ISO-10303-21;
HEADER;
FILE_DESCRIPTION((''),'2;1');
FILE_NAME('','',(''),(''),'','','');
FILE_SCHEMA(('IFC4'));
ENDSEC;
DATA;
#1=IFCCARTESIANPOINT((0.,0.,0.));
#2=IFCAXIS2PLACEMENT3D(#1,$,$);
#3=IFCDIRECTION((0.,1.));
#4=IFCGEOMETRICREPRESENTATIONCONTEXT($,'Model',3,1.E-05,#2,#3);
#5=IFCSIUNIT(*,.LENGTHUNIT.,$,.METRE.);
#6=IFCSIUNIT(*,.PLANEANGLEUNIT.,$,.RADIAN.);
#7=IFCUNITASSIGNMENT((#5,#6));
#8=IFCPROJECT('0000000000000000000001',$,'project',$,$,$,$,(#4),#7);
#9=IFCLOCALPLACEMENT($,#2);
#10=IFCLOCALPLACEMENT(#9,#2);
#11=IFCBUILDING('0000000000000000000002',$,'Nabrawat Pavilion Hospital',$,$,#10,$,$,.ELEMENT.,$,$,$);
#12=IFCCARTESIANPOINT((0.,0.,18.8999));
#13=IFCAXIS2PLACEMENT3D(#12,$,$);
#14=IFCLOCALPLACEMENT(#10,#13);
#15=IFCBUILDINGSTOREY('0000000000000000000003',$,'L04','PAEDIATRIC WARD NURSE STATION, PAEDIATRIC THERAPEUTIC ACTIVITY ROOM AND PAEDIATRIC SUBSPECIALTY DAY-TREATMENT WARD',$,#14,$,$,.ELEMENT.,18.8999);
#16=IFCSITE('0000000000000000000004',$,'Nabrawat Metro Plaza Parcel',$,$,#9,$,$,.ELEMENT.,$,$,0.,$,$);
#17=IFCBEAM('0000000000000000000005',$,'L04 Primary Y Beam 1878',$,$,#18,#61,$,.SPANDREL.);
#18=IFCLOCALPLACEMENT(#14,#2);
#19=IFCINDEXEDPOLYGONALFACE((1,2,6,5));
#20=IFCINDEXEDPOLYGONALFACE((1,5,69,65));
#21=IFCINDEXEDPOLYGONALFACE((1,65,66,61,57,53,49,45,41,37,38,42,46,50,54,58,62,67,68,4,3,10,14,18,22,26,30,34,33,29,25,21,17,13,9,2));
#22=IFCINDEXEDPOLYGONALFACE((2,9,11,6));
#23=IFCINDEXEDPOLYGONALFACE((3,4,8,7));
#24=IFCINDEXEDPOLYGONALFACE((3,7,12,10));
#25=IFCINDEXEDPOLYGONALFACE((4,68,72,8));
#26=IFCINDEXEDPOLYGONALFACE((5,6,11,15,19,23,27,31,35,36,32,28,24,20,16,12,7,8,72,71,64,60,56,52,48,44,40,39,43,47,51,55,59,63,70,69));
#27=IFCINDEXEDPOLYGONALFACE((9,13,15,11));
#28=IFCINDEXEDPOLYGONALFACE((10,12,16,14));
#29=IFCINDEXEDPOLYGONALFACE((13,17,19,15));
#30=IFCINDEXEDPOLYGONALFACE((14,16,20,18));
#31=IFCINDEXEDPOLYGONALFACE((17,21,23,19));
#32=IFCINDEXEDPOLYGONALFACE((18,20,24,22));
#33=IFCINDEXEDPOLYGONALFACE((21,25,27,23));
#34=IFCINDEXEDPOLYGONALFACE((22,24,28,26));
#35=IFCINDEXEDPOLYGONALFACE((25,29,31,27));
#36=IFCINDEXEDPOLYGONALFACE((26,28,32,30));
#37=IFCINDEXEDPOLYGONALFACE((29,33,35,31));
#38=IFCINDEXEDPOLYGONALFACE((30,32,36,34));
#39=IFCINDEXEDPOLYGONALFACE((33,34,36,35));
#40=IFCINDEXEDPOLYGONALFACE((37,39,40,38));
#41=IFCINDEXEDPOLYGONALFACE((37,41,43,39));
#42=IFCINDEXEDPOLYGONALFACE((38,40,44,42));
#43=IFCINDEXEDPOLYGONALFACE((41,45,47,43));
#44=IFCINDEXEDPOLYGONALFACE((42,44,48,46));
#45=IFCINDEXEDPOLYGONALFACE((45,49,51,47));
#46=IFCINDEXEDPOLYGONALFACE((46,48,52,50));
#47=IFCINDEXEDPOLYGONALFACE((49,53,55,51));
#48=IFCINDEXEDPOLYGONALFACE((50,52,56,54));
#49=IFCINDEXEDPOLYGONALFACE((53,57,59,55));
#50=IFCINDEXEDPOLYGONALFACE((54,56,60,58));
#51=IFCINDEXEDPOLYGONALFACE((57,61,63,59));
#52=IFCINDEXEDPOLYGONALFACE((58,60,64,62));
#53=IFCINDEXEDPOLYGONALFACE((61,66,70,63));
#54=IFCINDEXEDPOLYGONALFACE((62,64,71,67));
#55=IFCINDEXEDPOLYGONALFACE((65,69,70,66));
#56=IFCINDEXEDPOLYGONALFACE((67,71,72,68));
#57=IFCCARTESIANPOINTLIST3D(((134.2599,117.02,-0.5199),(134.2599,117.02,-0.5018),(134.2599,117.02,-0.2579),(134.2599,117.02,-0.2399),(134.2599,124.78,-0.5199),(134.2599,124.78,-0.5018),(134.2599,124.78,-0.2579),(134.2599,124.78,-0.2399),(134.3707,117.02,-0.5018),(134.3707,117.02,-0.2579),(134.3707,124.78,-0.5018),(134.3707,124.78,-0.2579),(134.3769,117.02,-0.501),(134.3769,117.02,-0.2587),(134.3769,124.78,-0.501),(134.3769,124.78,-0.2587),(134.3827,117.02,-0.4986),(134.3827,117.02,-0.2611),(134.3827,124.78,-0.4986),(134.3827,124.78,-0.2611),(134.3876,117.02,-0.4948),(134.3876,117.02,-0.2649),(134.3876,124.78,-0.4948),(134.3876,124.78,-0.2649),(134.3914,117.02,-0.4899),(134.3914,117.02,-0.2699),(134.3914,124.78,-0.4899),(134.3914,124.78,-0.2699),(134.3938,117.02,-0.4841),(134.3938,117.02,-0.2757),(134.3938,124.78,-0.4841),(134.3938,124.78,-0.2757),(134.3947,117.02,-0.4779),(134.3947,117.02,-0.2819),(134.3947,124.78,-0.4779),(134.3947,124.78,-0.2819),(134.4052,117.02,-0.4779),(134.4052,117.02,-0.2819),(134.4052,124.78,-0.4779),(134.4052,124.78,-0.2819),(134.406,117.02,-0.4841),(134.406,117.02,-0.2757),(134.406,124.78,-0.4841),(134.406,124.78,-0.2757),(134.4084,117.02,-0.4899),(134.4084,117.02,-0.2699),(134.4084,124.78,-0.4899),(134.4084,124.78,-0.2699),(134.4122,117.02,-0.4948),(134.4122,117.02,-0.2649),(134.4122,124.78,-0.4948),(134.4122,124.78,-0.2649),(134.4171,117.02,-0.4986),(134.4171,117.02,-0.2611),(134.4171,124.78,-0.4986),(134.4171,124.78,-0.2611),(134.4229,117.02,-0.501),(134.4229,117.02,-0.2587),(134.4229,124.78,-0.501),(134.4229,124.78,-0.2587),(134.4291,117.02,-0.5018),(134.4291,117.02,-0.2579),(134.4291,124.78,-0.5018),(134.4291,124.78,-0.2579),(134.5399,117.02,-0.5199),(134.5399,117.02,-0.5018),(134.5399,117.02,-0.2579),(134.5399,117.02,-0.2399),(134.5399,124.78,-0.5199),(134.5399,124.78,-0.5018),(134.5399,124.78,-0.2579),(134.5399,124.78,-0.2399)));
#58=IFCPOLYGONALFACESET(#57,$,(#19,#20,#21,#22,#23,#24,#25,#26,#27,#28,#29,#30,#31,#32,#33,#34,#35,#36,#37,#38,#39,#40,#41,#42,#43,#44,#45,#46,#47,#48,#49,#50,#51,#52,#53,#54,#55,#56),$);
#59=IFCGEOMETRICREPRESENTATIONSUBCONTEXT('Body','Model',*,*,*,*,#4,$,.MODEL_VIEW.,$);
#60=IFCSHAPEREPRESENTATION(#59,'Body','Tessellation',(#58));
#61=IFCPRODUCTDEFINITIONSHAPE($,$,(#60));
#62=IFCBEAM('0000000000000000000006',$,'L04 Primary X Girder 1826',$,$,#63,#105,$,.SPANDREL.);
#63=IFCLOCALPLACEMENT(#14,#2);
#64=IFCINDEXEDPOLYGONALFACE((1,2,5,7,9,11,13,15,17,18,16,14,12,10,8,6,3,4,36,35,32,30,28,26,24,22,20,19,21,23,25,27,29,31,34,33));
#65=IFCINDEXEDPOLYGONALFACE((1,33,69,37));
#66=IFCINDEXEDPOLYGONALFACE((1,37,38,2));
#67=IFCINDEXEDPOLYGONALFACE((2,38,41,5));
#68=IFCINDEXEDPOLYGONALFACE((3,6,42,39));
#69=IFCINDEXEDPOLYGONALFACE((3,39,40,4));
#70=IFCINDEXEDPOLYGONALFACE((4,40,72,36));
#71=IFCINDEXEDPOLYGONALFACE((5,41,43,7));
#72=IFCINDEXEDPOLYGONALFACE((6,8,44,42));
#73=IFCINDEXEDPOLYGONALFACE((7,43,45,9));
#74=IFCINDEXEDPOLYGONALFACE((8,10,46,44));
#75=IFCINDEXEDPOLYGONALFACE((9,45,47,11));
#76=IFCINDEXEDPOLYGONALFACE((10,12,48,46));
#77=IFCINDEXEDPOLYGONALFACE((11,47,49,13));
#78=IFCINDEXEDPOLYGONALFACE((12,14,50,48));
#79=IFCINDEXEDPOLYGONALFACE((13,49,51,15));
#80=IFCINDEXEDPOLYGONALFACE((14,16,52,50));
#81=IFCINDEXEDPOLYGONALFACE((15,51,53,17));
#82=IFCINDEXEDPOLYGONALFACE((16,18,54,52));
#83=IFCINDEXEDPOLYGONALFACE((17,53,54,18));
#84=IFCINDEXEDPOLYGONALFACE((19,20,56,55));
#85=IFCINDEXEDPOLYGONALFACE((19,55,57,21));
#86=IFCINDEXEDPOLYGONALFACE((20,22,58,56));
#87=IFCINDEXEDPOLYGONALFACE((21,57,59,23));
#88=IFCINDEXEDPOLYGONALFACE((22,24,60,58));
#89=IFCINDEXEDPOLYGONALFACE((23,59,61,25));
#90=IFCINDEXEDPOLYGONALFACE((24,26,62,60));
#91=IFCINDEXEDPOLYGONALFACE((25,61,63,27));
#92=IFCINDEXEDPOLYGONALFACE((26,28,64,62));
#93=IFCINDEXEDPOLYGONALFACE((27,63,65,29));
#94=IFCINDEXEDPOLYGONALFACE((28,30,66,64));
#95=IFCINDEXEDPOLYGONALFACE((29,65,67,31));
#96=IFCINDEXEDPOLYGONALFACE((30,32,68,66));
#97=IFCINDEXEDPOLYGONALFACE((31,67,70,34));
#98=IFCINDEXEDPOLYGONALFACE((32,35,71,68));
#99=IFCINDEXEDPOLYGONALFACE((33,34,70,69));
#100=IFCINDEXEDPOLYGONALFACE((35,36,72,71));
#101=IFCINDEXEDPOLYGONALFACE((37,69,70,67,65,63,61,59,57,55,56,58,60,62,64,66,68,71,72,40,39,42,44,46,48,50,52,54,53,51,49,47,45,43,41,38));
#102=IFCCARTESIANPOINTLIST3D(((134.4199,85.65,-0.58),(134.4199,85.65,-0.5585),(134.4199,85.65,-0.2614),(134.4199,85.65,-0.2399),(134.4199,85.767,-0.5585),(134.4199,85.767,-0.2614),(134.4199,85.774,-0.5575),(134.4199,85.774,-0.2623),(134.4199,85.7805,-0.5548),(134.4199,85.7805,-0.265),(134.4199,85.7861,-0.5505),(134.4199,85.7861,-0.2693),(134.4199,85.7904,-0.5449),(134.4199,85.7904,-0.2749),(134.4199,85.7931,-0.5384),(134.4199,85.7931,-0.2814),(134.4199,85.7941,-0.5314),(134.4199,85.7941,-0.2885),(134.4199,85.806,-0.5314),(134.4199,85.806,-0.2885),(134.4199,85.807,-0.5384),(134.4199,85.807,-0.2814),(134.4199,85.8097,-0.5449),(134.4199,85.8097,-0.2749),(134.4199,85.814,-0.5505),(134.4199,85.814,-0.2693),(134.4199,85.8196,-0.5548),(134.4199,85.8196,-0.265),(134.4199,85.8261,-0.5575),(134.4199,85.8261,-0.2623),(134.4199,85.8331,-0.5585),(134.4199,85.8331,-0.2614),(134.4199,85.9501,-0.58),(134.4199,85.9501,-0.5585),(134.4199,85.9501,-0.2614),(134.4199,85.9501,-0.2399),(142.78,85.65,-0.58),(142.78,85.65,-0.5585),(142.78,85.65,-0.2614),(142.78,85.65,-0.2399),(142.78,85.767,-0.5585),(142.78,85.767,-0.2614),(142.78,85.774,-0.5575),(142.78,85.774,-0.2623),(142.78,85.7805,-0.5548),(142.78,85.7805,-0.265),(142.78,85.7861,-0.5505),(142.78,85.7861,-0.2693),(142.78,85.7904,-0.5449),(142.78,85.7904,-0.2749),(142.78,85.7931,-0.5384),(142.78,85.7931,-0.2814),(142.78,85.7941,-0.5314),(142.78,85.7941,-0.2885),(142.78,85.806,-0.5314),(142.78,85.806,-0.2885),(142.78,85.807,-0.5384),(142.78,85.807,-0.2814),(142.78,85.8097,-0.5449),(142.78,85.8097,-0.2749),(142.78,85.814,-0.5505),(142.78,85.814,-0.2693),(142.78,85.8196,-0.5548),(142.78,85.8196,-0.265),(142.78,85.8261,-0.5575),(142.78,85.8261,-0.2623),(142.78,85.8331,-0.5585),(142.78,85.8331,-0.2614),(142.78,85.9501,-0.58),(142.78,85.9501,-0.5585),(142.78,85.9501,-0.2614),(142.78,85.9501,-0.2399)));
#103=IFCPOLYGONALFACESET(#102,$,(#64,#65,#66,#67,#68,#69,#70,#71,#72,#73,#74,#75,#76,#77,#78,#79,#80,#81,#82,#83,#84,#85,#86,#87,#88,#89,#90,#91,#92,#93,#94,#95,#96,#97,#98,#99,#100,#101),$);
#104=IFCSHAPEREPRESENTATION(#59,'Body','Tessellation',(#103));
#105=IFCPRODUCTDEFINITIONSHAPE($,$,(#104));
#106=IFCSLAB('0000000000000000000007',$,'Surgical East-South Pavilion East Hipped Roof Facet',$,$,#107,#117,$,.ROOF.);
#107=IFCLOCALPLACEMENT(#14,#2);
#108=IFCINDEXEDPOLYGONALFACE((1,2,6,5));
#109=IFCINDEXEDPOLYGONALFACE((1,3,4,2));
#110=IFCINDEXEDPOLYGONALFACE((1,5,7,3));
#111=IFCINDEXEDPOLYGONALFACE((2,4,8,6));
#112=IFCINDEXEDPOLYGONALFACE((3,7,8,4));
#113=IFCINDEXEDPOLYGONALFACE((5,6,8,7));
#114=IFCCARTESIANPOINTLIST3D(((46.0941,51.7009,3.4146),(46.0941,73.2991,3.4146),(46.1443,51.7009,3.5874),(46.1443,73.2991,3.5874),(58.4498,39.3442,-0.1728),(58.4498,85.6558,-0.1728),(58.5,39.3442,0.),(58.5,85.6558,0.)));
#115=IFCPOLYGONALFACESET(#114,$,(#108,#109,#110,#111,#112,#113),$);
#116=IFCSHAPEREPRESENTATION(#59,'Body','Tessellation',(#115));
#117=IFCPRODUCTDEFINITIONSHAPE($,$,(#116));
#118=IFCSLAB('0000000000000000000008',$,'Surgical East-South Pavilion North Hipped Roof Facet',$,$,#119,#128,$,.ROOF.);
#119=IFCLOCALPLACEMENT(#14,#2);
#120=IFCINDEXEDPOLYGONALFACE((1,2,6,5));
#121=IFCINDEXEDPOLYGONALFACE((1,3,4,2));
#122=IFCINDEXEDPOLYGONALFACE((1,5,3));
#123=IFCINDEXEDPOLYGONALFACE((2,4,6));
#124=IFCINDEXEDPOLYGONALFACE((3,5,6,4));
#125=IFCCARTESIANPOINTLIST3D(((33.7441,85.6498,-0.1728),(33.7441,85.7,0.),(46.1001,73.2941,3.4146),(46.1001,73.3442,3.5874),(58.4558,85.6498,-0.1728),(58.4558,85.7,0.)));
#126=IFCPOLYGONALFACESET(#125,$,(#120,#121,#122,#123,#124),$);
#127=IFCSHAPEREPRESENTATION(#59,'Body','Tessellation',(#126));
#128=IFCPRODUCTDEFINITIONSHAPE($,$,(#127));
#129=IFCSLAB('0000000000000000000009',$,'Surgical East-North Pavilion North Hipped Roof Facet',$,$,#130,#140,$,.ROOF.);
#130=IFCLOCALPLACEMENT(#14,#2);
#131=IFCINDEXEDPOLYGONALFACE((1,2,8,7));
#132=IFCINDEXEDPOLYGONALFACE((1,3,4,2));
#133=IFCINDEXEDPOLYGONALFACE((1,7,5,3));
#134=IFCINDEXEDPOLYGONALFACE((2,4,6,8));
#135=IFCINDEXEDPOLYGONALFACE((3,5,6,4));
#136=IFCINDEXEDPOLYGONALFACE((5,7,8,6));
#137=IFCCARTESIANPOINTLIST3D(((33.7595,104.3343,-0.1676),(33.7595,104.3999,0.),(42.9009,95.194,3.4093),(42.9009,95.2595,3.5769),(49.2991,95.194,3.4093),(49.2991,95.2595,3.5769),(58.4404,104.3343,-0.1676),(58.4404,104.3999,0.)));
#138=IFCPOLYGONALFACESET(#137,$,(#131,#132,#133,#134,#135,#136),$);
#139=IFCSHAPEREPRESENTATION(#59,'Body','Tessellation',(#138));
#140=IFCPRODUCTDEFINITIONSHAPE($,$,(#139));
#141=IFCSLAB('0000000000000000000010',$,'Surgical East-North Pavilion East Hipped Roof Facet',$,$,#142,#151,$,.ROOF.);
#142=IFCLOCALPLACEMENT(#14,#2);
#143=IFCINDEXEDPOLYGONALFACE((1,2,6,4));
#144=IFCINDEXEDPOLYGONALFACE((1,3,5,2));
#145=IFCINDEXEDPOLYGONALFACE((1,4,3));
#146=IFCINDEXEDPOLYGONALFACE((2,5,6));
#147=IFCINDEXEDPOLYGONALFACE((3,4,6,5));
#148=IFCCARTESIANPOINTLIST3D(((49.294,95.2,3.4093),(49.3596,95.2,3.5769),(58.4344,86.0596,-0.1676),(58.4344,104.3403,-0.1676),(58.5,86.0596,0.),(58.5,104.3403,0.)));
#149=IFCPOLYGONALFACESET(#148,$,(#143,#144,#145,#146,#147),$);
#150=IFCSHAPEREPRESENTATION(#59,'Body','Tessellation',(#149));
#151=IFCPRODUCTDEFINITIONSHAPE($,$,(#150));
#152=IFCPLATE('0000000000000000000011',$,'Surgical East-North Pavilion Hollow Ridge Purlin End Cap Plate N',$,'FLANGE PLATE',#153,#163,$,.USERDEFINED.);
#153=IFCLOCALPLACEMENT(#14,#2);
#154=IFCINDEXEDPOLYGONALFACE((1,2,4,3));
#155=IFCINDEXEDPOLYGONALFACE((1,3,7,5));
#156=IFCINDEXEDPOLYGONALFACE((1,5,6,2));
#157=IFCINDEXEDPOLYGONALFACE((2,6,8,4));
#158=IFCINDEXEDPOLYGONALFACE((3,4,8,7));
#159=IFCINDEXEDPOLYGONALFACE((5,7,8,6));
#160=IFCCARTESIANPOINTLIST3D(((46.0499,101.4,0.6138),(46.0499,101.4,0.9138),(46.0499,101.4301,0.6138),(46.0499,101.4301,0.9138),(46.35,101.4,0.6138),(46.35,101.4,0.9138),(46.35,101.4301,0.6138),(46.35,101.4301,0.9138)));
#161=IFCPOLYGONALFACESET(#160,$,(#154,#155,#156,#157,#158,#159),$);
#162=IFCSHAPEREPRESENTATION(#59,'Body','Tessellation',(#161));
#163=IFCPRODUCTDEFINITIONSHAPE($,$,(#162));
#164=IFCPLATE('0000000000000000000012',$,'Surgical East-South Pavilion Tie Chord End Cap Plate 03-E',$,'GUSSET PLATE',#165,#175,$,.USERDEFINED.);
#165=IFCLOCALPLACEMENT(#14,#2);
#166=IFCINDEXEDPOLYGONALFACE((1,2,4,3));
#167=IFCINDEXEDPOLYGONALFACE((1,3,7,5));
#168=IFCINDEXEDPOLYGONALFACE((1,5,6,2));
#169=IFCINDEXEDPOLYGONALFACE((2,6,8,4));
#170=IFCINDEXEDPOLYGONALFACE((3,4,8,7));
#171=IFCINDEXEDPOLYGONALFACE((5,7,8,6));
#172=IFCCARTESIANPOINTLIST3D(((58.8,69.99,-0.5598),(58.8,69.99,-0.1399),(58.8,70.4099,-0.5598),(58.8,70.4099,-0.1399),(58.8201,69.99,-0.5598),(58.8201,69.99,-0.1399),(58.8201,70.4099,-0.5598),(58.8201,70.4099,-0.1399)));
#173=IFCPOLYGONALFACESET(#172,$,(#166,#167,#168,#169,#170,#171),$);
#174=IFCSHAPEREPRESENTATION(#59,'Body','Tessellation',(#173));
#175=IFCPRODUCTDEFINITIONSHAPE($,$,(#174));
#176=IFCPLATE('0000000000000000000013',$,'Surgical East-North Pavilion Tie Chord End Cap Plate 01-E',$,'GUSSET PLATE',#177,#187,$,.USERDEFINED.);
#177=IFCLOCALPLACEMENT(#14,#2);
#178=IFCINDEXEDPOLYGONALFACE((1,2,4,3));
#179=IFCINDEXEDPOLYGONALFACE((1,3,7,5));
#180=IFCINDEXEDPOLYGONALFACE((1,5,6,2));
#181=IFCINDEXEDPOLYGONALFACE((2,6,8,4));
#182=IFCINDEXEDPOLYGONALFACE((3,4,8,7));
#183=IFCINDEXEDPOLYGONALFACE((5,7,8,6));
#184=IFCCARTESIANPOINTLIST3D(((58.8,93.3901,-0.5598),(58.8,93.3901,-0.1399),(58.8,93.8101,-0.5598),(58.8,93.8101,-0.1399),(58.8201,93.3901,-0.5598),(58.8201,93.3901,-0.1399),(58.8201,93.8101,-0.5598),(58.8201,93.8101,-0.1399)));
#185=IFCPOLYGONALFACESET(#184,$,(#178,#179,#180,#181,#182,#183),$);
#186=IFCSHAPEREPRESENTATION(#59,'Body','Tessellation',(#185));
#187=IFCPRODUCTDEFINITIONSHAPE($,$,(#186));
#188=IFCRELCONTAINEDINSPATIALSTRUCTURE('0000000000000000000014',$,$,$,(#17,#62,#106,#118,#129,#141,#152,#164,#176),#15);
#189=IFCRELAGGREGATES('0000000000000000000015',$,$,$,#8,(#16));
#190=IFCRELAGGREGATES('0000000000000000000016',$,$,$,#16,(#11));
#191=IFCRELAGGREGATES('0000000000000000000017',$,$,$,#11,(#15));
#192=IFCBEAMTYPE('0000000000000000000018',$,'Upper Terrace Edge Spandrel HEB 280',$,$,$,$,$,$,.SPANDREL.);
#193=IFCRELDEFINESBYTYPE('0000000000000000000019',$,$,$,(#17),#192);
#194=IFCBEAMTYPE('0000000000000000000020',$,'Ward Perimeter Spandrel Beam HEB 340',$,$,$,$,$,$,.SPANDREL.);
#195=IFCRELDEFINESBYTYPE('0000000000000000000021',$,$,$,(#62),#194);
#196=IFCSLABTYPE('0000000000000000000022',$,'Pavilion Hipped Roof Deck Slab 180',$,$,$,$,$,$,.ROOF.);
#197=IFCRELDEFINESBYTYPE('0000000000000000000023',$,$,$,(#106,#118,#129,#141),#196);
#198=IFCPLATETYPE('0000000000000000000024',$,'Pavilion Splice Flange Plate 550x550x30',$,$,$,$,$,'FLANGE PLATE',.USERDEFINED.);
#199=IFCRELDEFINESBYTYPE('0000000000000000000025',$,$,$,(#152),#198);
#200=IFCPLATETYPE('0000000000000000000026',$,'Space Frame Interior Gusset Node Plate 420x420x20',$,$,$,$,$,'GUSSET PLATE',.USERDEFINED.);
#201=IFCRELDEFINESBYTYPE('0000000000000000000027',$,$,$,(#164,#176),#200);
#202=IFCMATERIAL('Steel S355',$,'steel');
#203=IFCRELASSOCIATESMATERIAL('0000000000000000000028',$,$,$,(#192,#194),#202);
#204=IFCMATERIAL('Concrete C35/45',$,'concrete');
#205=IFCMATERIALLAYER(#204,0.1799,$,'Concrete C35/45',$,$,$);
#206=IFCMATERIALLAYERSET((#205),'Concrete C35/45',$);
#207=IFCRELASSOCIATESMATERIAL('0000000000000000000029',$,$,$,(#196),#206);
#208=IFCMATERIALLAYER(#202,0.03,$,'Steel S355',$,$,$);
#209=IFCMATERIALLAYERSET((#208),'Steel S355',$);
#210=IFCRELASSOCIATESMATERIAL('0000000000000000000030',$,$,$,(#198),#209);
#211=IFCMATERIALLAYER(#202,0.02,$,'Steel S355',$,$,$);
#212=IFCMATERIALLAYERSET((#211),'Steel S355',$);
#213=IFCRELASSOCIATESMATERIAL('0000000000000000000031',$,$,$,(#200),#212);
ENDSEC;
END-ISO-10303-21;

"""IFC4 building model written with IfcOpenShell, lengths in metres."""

from ifc_helpers import new_model, si_unit, direction, frame, origin, origin_2d, place, context, subcontext, project, spatial, polyline, rectangle, i_section, outline, extrude, material, layer, layer_set, material_profile, profile_set, type_object, element, save


model = new_model("IFC4")

# Units and contexts
model_context = context("Model", 3, precision=1e-05, world=origin(), true_north=direction((0.0, 1.0)))
body_context = subcontext(model_context, "Body", "Model", "MODEL_VIEW")
ifc_project = project(units=[si_unit("LENGTHUNIT", "METRE"), si_unit("PLANEANGLEUNIT", "RADIAN")], contexts=[model_context])

# Site, building, storey
site_placement = place(None, origin())
site = spatial("IfcSite", under=ifc_project, at=site_placement, Name="Nabrawat Metro Plaza Parcel", CompositionType="ELEMENT", RefElevation=0.0)
building_placement = place(site_placement, origin())
building = spatial("IfcBuilding", under=site, at=building_placement, Name="Nabrawat Pavilion Hospital", CompositionType="ELEMENT")
storey_placement = place(building_placement, frame((0.0, 0.0, 18.8999)))
storey = spatial("IfcBuildingStorey", under=building, at=storey_placement, Name="L04", Description="PAEDIATRIC WARD NURSE STATION, PAEDIATRIC THERAPEUTIC ACTIVITY ROOM AND PAEDIATRIC SUBSPECIALTY DAY-TREATMENT WARD", CompositionType="ELEMENT", Elevation=18.8999)

# Shared definitions
ifc_material_1 = material(Name="Steel S355", Category="steel")

# Beams
ifc_material_profile_1 = material_profile(ifc_material_1, i_section(OverallWidth=0.28, OverallDepth=0.28, WebThickness=0.0105, FlangeThickness=0.0181, FilletRadius=0.0239, at=origin_2d()), Name="HEB 280")
ifc_profile_set_1 = profile_set([ifc_material_profile_1], Name="Steel S355")
beam_type_1 = type_object("IfcBeamType", Name="Upper Terrace Edge Spandrel HEB 280", PredefinedType="SPANDREL", material=ifc_profile_set_1)
for number, where, z_axis, x_axis, name in (
    (1, (134.3999, 117.02, -0.3799), (0.0, 1.0, 0.0), (-1.0, 0.0, 0.0), "L04 Primary Y Beam 1878"),
):
    element("IfcBeam", number, at=place(storey_placement, frame(where, z_axis=z_axis, x_axis=x_axis)), inside=storey, type_object=beam_type_1, Name=name, PredefinedType="SPANDREL", context=body_context, shape_type="SweptSolid", body=[
        extrude(i_section(OverallWidth=0.28, OverallDepth=0.28, WebThickness=0.0105, FlangeThickness=0.0181, FilletRadius=0.0239, at=origin_2d()), origin(), (0.0, 0.0, 1.0), 7.76),
    ])
ifc_material_profile_2 = material_profile(ifc_material_1, i_section(OverallWidth=0.3, OverallDepth=0.3401, WebThickness=0.012, FlangeThickness=0.0215, FilletRadius=0.0271, at=origin_2d()), Name="HEB 340")
ifc_profile_set_2 = profile_set([ifc_material_profile_2], Name="Steel S355")
beam_type_2 = type_object("IfcBeamType", Name="Ward Perimeter Spandrel Beam HEB 340", PredefinedType="SPANDREL", material=ifc_profile_set_2)
beam_1_placement = place(storey_placement, frame((134.4199, 85.8, -0.4099), z_axis=(1.0, 0.0, 0.0), x_axis=(0.0, 1.0, 0.0)))
element("IfcBeam", 2, at=beam_1_placement, inside=storey, type_object=beam_type_2, Name="L04 Primary X Girder 1826", PredefinedType="SPANDREL", context=body_context, shape_type="SweptSolid", body=[
    extrude(i_section(OverallWidth=0.3, OverallDepth=0.3401, WebThickness=0.012, FlangeThickness=0.0215, FilletRadius=0.0271, at=origin_2d()), origin(), (0.0, 0.0, 1.0), 8.3601),
])

# Slabs
ifc_material_2 = material(Name="Concrete C35/45", Category="concrete")
ifc_layer_1 = layer(ifc_material_2, 0.1799, Name="Concrete C35/45")
ifc_layer_set_1 = layer_set([ifc_layer_1], Name="Concrete C35/45")
slab_type = type_object("IfcSlabType", Name="Pavilion Hipped Roof Deck Slab 180", PredefinedType="ROOF", material=ifc_layer_set_1)
slab_1_placement = place(storey_placement, frame((58.5, 85.6558, 0.0), z_axis=(0.278829, 0.0, 0.960341), x_axis=(-0.692633, -0.692688, 0.201102)))
element("IfcSlab", 3, at=slab_1_placement, inside=storey, type_object=slab_type, Name="Surgical East-South Pavilion East Hipped Roof Facet", PredefinedType="ROOF", context=body_context, shape_type="SweptSolid", body=[
    extrude(outline(polyline([(0.0, 0.0), (17.8387, 0.0), (32.7995, 15.5774), (32.0794, 33.4016), (0.0, 0.0)])), origin(), (0.0, 0.0, -1.0), 0.1799),
])
slab_2_placement = place(storey_placement, frame((58.4558, 85.7, 0.0), z_axis=(0.0, 0.278829, 0.960341), x_axis=(-1.0, 0.0, 0.0)))
element("IfcSlab", 4, at=slab_2_placement, inside=storey, type_object=slab_type, Name="Surgical East-South Pavilion North Hipped Roof Facet", PredefinedType="ROOF", context=body_context, shape_type="SweptSolid", body=[
    extrude(outline(polyline([(0.0, 0.0), (24.7117, 0.0), (12.3557, 12.866), (0.0, 0.0)])), origin(), (0.0, 0.0, -1.0), 0.1799),
])
slab_3_placement = place(storey_placement, frame((58.4404, 104.3999, 0.0), z_axis=(0.0, 0.36442, 0.931235), x_axis=(-1.0, 0.0, 0.0)))
element("IfcSlab", 5, at=slab_3_placement, inside=storey, type_object=slab_type, Name="Surgical East-North Pavilion North Hipped Roof Facet", PredefinedType="ROOF", context=body_context, shape_type="SweptSolid", body=[
    extrude(outline(polyline([(0.0, 0.0), (24.6809, 0.0), (15.5396, 9.8153), (9.1414, 9.8153), (0.0, 0.0)])), origin(), (0.0, 0.0, -1.0), 0.1799),
])
slab_4_placement = place(storey_placement, frame((58.5, 86.0596, 0.0), z_axis=(0.36442, 0.0, 0.931235), x_axis=(0.0, 1.0, 0.0)))
element("IfcSlab", 6, at=slab_4_placement, inside=storey, type_object=slab_type, Name="Surgical East-North Pavilion East Hipped Roof Facet", PredefinedType="ROOF", context=body_context, shape_type="SweptSolid", body=[
    extrude(outline(polyline([(0.0, 0.0), (18.2808, 0.0), (9.1404, 9.8153), (0.0, 0.0)])), origin(), (0.0, 0.0, -1.0), 0.1799),
])

# Plates
ifc_layer_2 = layer(ifc_material_1, 0.03, Name="Steel S355")
ifc_layer_set_2 = layer_set([ifc_layer_2], Name="Steel S355")
plate_type_1 = type_object("IfcPlateType", Name="Pavilion Splice Flange Plate 550x550x30", ElementType="FLANGE PLATE", PredefinedType="USERDEFINED", material=ifc_layer_set_2)
plate_placement = place(storey_placement, frame((46.2, 101.415, 0.6138), z_axis=(0.0, 0.0, 1.0), x_axis=(1.0, 0.0, 0.0)))
element("IfcPlate", 7, at=plate_placement, inside=storey, type_object=plate_type_1, Name="Surgical East-North Pavilion Hollow Ridge Purlin End Cap Plate N", ObjectType="FLANGE PLATE", PredefinedType="USERDEFINED", context=body_context, shape_type="SweptSolid", body=[
    extrude(rectangle(XDim=0.3, YDim=0.03, at=origin_2d()), origin(), (0.0, 0.0, 1.0), 0.3),
])
ifc_layer_3 = layer(ifc_material_1, 0.02, Name="Steel S355")
ifc_layer_set_3 = layer_set([ifc_layer_3], Name="Steel S355")
plate_type_2 = type_object("IfcPlateType", Name="Space Frame Interior Gusset Node Plate 420x420x20", ElementType="GUSSET PLATE", PredefinedType="USERDEFINED", material=ifc_layer_set_3)
for number, where, z_axis, x_axis, name in (
    (8, (58.8101, 70.2, -0.5598), (0.0, 0.0, 1.0), (1.0, 0.0, 0.0), "Surgical East-South Pavilion Tie Chord End Cap Plate 03-E"),
    (9, (58.8101, 93.6001, -0.5598), (0.0, 0.0, 1.0), (1.0, 0.0, 0.0), "Surgical East-North Pavilion Tie Chord End Cap Plate 01-E"),
):
    element("IfcPlate", number, at=place(storey_placement, frame(where, z_axis=z_axis, x_axis=x_axis)), inside=storey, type_object=plate_type_2, Name=name, ObjectType="GUSSET PLATE", PredefinedType="USERDEFINED", context=body_context, shape_type="SweptSolid", body=[
        extrude(rectangle(XDim=0.02, YDim=0.4199, at=origin_2d()), origin(), (0.0, 0.0, 1.0), 0.4199),
    ])

save(model, "model.ifc")
